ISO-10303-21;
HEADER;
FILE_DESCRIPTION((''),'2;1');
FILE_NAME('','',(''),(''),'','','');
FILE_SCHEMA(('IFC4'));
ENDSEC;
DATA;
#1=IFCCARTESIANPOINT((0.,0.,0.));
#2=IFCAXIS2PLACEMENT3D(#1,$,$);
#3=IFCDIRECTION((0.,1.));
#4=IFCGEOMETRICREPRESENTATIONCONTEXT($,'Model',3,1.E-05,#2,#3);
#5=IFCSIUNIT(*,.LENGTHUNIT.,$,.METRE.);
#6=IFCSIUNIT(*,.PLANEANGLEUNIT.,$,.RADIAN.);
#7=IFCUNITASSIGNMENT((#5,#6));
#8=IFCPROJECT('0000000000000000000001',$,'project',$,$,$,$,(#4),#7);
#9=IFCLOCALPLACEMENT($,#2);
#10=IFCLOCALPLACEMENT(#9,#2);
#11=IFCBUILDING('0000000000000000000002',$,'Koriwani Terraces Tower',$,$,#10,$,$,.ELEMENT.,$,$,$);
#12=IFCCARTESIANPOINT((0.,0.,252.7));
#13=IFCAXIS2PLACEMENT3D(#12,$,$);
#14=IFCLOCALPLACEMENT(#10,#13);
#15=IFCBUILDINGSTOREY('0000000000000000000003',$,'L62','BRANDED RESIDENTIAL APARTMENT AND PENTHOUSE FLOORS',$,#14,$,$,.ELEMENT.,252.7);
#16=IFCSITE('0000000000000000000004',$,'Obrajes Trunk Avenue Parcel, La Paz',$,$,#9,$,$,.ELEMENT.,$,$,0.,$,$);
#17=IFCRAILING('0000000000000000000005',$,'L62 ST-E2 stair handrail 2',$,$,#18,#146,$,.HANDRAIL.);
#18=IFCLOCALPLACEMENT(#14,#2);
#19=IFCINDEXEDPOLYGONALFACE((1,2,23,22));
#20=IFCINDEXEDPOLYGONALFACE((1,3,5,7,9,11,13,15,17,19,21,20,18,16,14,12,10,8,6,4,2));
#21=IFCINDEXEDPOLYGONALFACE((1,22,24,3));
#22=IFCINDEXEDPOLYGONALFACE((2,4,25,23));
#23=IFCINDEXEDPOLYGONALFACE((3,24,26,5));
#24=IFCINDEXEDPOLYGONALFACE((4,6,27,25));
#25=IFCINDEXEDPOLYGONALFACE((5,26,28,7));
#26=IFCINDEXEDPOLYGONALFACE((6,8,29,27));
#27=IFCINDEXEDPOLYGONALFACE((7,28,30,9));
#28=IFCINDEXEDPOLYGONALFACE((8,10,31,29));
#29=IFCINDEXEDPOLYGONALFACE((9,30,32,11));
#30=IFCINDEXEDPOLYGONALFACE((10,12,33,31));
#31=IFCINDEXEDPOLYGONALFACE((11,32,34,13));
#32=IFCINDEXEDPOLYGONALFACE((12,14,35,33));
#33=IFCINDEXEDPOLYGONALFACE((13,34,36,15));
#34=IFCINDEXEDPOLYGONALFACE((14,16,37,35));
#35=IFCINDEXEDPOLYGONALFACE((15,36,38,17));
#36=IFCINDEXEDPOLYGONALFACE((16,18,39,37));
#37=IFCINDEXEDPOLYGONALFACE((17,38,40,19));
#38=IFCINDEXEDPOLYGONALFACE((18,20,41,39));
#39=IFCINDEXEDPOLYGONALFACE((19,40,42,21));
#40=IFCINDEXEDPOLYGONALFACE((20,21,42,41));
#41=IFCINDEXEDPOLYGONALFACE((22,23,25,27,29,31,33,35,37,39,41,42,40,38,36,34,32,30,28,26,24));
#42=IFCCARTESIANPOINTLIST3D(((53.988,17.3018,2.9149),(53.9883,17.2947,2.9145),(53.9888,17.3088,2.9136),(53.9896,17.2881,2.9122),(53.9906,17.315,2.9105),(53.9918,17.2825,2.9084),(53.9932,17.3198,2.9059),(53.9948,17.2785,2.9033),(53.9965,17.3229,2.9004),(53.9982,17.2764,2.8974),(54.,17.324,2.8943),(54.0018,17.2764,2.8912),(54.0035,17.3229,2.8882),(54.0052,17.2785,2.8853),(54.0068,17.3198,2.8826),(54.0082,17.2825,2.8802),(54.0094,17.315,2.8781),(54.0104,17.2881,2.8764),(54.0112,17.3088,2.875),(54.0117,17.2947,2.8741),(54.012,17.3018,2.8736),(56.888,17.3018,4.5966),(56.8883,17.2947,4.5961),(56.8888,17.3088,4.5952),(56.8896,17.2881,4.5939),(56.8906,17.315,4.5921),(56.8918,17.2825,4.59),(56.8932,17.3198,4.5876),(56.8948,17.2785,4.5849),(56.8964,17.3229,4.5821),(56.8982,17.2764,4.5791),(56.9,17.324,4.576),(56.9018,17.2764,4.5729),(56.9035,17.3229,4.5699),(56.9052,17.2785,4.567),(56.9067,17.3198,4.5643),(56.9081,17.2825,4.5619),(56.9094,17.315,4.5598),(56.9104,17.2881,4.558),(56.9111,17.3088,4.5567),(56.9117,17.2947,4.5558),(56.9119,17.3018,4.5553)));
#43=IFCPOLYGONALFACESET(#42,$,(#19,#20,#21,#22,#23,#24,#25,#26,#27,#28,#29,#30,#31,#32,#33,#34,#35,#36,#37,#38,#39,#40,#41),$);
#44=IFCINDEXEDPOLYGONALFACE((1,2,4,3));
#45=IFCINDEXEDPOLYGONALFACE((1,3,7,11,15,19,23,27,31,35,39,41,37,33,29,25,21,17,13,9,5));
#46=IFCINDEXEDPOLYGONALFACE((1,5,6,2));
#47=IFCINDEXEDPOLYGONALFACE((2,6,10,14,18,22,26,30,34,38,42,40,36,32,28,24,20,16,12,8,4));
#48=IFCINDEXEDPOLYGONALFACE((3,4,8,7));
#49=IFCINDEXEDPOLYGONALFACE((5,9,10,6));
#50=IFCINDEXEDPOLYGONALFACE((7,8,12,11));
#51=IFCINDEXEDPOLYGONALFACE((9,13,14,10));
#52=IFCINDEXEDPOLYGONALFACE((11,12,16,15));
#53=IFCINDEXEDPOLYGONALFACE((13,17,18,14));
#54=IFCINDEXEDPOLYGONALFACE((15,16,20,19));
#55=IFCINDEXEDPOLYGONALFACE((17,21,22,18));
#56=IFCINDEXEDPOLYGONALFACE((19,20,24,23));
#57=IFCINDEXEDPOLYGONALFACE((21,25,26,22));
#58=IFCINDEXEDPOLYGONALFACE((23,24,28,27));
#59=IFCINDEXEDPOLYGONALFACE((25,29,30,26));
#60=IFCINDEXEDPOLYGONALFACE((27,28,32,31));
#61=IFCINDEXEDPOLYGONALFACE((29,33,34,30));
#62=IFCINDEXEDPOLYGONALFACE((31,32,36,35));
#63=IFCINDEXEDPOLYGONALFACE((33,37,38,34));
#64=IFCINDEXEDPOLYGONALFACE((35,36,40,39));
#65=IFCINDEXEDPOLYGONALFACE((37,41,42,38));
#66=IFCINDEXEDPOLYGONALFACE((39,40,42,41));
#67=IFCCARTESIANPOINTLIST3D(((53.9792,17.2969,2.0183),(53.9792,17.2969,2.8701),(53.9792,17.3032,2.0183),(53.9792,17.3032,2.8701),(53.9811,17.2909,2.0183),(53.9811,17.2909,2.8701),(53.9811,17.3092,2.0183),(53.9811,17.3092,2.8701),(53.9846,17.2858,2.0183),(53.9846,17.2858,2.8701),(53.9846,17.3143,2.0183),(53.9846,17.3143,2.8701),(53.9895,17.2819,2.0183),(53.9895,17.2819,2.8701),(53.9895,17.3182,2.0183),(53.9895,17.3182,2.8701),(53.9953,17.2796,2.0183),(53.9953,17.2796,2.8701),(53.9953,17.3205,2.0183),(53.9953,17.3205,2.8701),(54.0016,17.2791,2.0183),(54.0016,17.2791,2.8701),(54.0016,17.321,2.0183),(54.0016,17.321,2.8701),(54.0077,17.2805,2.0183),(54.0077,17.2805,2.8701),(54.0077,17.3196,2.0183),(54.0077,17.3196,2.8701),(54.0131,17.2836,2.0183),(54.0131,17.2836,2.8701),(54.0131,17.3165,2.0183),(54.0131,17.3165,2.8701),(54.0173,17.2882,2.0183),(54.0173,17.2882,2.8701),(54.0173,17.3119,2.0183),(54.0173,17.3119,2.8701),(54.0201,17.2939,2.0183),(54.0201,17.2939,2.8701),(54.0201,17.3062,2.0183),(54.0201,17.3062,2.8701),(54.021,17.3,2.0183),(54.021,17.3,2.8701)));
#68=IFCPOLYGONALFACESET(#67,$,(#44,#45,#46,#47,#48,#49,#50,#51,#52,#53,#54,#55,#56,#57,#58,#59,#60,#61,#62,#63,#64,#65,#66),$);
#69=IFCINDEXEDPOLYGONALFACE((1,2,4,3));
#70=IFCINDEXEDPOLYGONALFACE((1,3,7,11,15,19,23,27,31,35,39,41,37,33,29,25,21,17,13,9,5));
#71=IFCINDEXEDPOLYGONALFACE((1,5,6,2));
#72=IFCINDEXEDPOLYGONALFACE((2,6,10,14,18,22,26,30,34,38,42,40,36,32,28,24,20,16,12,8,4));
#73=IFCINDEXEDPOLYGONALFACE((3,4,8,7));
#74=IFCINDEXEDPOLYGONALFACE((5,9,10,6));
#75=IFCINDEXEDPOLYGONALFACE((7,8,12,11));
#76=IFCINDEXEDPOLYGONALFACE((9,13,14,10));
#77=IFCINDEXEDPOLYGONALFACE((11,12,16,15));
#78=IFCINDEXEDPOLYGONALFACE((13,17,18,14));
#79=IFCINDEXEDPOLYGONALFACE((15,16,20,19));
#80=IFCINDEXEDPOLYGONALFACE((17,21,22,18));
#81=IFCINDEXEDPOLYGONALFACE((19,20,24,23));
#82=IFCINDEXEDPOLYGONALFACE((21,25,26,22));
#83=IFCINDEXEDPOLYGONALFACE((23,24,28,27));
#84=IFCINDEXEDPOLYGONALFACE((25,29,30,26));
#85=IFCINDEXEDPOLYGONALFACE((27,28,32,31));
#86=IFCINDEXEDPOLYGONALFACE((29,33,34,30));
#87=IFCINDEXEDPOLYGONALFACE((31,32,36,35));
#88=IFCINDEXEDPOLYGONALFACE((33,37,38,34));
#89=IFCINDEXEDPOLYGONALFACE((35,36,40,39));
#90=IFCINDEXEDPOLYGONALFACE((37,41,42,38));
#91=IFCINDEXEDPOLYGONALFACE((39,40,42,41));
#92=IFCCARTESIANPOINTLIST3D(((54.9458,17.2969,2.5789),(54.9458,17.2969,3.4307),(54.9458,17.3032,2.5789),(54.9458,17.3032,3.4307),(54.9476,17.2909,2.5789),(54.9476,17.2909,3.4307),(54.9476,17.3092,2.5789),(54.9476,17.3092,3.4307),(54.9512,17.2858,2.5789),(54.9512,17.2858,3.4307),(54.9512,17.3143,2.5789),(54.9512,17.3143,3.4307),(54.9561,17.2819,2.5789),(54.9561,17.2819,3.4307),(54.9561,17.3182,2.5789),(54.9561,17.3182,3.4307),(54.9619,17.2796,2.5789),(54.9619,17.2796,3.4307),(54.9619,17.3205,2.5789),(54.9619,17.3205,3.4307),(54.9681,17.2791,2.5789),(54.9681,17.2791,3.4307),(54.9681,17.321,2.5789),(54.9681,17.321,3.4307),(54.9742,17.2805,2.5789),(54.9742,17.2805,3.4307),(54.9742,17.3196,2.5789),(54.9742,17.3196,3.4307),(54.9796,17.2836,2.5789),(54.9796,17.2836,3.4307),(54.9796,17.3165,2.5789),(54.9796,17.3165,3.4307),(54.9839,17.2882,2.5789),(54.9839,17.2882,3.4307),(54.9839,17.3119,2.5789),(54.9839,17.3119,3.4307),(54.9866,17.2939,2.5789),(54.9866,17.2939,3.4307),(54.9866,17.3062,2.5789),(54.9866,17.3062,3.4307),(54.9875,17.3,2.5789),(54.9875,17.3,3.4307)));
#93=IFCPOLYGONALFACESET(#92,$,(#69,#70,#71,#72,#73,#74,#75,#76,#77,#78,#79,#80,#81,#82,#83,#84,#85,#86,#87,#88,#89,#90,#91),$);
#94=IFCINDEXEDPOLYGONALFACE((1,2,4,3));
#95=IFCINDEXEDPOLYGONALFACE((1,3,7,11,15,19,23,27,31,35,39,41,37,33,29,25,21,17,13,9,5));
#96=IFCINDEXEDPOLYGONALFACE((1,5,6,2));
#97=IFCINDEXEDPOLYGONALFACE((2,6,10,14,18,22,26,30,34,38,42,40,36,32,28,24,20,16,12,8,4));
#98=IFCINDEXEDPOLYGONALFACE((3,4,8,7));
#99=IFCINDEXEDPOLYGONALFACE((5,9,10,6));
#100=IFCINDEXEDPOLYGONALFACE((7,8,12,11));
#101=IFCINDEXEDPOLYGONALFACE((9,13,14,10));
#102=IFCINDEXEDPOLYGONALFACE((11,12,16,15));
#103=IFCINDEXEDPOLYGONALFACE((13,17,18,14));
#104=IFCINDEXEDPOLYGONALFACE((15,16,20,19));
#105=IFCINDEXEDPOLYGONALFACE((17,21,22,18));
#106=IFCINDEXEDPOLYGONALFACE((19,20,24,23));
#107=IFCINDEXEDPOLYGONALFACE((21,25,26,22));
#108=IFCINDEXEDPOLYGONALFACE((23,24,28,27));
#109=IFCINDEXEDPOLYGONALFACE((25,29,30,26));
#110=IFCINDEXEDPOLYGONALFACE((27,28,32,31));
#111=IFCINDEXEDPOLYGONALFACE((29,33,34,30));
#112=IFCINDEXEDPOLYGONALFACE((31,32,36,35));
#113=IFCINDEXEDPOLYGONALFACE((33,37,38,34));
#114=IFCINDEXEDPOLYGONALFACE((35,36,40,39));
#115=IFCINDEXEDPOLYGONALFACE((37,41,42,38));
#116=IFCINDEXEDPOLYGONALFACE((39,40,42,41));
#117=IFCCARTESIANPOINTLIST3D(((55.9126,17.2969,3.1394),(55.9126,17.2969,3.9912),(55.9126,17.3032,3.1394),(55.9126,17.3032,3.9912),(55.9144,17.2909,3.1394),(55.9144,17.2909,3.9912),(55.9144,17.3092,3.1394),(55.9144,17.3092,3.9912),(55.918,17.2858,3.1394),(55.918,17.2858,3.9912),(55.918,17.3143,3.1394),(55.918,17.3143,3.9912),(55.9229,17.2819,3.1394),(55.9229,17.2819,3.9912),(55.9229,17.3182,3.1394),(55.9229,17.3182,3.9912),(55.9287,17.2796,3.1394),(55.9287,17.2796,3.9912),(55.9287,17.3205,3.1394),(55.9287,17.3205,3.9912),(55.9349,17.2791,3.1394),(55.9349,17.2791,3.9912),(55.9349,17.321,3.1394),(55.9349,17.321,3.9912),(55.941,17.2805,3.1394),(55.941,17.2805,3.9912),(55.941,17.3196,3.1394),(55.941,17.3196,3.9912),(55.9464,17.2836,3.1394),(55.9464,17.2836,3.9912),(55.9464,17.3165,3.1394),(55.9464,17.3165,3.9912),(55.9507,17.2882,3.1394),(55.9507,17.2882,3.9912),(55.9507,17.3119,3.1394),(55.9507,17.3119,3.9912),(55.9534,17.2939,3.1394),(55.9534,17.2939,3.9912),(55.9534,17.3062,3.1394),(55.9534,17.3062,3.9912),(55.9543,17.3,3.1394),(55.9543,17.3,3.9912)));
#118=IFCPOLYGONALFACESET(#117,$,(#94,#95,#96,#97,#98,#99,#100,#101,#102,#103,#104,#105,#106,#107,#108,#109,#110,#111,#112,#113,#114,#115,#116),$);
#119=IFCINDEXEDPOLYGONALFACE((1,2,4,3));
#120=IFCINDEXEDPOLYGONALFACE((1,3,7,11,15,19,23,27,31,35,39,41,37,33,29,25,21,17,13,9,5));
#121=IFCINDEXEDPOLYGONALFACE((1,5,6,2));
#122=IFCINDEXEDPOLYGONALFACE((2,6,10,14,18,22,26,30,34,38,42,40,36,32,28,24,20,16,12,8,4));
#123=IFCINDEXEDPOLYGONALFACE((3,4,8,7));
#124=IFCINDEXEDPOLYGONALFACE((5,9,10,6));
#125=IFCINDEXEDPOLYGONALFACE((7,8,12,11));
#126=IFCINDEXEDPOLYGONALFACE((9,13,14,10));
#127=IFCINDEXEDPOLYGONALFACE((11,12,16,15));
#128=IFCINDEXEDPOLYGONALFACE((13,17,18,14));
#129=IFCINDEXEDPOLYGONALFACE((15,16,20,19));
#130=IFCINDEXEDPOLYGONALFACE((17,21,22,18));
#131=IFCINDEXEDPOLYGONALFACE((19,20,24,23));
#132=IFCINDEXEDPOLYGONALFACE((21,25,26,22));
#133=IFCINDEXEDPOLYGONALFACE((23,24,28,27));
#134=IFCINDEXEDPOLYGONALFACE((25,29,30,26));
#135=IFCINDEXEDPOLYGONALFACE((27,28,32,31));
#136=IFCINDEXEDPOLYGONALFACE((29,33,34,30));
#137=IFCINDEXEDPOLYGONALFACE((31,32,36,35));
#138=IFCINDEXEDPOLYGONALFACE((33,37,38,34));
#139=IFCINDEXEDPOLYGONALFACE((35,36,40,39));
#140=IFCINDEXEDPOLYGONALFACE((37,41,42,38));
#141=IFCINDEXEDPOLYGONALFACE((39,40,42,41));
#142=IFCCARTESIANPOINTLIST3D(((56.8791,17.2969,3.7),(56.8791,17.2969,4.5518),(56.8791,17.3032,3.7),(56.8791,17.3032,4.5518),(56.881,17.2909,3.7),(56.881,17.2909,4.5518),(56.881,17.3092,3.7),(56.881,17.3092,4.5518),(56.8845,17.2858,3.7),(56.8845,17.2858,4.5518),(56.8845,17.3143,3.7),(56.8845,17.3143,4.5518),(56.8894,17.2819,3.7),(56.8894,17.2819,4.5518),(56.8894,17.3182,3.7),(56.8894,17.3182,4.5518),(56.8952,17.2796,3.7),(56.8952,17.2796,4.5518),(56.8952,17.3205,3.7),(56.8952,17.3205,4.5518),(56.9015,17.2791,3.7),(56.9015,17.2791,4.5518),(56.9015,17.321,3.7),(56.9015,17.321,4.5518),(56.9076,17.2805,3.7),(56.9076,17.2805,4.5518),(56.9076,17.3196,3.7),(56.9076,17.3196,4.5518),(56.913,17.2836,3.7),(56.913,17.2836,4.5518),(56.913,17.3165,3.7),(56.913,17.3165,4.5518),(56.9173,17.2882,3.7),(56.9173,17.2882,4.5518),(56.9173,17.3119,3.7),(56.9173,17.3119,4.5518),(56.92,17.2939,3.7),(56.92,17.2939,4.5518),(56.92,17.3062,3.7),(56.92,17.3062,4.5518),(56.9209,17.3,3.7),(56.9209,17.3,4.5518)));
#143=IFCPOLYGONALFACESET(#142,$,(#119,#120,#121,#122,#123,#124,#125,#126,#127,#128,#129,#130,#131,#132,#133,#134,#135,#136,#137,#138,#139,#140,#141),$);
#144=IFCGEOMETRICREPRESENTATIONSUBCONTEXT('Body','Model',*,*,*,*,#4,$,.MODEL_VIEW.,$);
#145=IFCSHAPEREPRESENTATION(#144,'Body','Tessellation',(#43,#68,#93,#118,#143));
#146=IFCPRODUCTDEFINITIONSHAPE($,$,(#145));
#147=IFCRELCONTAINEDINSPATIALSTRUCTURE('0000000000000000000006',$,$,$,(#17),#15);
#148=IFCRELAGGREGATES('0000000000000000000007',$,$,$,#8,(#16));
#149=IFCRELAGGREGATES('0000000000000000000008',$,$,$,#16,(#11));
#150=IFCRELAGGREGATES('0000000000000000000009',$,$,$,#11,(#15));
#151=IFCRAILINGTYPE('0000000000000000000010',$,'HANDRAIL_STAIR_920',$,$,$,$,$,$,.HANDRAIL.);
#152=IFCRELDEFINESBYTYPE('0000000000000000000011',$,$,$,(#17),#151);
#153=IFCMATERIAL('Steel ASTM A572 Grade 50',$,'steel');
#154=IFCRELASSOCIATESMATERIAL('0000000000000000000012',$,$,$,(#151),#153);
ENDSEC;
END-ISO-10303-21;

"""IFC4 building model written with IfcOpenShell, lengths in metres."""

from ifc_helpers import new_model, si_unit, direction, frame, origin, origin_2d, place, context, subcontext, project, spatial, circle, extrude, material, type_object, element, save


model = new_model("IFC4")

# Units and contexts
model_context = context("Model", 3, precision=1e-05, world=origin(), true_north=direction((0.0, 1.0)))
body_context = subcontext(model_context, "Body", "Model", "MODEL_VIEW")
ifc_project = project(units=[si_unit("LENGTHUNIT", "METRE"), si_unit("PLANEANGLEUNIT", "RADIAN")], contexts=[model_context])

# Site, building, storey
site_placement = place(None, origin())
site = spatial("IfcSite", under=ifc_project, at=site_placement, Name="Obrajes Trunk Avenue Parcel, La Paz", CompositionType="ELEMENT", RefElevation=0.0)
building_placement = place(site_placement, origin())
building = spatial("IfcBuilding", under=site, at=building_placement, Name="Koriwani Terraces Tower", CompositionType="ELEMENT")
storey_placement = place(building_placement, frame((0.0, 0.0, 252.7)))
storey = spatial("IfcBuildingStorey", under=building, at=storey_placement, Name="L62", Description="BRANDED RESIDENTIAL APARTMENT AND PENTHOUSE FLOORS", CompositionType="ELEMENT", Elevation=252.7)

# Shared definitions
ifc_material_1 = material(Name="Steel ASTM A572 Grade 50", Category="steel")

# Railing
railing_type_1 = type_object("IfcRailingType", Name="HANDRAIL_STAIR_920", PredefinedType="HANDRAIL", material=ifc_material_1)
railing_1_placement = place(storey_placement, frame((54.0, 17.3, 2.0183)))
element("IfcRailing", 1, at=railing_1_placement, inside=storey, type_object=railing_type_1, Name="L62 ST-E2 stair handrail 2", PredefinedType="HANDRAIL", context=body_context, shape_type="SweptSolid", body=[
    extrude(circle(Radius=0.0239, at=origin_2d()), frame((0.0, 0.0, 0.876), z_axis=(0.86507, 0.0, 0.501651), x_axis=(0.0, 1.0, 0.0)), (0.0, 0.0, 1.0), 3.3523),
    extrude(circle(Radius=0.021, at=origin_2d()), origin(), (0.0, 0.0, 1.0), 0.8518),
    extrude(circle(Radius=0.021, at=origin_2d()), frame((0.9666, 0.0, 0.5605)), (0.0, 0.0, 1.0), 0.8518),
    extrude(circle(Radius=0.021, at=origin_2d()), frame((1.9333, 0.0, 1.1211)), (0.0, 0.0, 1.0), 0.8518),
    extrude(circle(Radius=0.021, at=origin_2d()), frame((2.8999, 0.0, 1.6816)), (0.0, 0.0, 1.0), 0.8518),
])

save(model, "model.ifc")
